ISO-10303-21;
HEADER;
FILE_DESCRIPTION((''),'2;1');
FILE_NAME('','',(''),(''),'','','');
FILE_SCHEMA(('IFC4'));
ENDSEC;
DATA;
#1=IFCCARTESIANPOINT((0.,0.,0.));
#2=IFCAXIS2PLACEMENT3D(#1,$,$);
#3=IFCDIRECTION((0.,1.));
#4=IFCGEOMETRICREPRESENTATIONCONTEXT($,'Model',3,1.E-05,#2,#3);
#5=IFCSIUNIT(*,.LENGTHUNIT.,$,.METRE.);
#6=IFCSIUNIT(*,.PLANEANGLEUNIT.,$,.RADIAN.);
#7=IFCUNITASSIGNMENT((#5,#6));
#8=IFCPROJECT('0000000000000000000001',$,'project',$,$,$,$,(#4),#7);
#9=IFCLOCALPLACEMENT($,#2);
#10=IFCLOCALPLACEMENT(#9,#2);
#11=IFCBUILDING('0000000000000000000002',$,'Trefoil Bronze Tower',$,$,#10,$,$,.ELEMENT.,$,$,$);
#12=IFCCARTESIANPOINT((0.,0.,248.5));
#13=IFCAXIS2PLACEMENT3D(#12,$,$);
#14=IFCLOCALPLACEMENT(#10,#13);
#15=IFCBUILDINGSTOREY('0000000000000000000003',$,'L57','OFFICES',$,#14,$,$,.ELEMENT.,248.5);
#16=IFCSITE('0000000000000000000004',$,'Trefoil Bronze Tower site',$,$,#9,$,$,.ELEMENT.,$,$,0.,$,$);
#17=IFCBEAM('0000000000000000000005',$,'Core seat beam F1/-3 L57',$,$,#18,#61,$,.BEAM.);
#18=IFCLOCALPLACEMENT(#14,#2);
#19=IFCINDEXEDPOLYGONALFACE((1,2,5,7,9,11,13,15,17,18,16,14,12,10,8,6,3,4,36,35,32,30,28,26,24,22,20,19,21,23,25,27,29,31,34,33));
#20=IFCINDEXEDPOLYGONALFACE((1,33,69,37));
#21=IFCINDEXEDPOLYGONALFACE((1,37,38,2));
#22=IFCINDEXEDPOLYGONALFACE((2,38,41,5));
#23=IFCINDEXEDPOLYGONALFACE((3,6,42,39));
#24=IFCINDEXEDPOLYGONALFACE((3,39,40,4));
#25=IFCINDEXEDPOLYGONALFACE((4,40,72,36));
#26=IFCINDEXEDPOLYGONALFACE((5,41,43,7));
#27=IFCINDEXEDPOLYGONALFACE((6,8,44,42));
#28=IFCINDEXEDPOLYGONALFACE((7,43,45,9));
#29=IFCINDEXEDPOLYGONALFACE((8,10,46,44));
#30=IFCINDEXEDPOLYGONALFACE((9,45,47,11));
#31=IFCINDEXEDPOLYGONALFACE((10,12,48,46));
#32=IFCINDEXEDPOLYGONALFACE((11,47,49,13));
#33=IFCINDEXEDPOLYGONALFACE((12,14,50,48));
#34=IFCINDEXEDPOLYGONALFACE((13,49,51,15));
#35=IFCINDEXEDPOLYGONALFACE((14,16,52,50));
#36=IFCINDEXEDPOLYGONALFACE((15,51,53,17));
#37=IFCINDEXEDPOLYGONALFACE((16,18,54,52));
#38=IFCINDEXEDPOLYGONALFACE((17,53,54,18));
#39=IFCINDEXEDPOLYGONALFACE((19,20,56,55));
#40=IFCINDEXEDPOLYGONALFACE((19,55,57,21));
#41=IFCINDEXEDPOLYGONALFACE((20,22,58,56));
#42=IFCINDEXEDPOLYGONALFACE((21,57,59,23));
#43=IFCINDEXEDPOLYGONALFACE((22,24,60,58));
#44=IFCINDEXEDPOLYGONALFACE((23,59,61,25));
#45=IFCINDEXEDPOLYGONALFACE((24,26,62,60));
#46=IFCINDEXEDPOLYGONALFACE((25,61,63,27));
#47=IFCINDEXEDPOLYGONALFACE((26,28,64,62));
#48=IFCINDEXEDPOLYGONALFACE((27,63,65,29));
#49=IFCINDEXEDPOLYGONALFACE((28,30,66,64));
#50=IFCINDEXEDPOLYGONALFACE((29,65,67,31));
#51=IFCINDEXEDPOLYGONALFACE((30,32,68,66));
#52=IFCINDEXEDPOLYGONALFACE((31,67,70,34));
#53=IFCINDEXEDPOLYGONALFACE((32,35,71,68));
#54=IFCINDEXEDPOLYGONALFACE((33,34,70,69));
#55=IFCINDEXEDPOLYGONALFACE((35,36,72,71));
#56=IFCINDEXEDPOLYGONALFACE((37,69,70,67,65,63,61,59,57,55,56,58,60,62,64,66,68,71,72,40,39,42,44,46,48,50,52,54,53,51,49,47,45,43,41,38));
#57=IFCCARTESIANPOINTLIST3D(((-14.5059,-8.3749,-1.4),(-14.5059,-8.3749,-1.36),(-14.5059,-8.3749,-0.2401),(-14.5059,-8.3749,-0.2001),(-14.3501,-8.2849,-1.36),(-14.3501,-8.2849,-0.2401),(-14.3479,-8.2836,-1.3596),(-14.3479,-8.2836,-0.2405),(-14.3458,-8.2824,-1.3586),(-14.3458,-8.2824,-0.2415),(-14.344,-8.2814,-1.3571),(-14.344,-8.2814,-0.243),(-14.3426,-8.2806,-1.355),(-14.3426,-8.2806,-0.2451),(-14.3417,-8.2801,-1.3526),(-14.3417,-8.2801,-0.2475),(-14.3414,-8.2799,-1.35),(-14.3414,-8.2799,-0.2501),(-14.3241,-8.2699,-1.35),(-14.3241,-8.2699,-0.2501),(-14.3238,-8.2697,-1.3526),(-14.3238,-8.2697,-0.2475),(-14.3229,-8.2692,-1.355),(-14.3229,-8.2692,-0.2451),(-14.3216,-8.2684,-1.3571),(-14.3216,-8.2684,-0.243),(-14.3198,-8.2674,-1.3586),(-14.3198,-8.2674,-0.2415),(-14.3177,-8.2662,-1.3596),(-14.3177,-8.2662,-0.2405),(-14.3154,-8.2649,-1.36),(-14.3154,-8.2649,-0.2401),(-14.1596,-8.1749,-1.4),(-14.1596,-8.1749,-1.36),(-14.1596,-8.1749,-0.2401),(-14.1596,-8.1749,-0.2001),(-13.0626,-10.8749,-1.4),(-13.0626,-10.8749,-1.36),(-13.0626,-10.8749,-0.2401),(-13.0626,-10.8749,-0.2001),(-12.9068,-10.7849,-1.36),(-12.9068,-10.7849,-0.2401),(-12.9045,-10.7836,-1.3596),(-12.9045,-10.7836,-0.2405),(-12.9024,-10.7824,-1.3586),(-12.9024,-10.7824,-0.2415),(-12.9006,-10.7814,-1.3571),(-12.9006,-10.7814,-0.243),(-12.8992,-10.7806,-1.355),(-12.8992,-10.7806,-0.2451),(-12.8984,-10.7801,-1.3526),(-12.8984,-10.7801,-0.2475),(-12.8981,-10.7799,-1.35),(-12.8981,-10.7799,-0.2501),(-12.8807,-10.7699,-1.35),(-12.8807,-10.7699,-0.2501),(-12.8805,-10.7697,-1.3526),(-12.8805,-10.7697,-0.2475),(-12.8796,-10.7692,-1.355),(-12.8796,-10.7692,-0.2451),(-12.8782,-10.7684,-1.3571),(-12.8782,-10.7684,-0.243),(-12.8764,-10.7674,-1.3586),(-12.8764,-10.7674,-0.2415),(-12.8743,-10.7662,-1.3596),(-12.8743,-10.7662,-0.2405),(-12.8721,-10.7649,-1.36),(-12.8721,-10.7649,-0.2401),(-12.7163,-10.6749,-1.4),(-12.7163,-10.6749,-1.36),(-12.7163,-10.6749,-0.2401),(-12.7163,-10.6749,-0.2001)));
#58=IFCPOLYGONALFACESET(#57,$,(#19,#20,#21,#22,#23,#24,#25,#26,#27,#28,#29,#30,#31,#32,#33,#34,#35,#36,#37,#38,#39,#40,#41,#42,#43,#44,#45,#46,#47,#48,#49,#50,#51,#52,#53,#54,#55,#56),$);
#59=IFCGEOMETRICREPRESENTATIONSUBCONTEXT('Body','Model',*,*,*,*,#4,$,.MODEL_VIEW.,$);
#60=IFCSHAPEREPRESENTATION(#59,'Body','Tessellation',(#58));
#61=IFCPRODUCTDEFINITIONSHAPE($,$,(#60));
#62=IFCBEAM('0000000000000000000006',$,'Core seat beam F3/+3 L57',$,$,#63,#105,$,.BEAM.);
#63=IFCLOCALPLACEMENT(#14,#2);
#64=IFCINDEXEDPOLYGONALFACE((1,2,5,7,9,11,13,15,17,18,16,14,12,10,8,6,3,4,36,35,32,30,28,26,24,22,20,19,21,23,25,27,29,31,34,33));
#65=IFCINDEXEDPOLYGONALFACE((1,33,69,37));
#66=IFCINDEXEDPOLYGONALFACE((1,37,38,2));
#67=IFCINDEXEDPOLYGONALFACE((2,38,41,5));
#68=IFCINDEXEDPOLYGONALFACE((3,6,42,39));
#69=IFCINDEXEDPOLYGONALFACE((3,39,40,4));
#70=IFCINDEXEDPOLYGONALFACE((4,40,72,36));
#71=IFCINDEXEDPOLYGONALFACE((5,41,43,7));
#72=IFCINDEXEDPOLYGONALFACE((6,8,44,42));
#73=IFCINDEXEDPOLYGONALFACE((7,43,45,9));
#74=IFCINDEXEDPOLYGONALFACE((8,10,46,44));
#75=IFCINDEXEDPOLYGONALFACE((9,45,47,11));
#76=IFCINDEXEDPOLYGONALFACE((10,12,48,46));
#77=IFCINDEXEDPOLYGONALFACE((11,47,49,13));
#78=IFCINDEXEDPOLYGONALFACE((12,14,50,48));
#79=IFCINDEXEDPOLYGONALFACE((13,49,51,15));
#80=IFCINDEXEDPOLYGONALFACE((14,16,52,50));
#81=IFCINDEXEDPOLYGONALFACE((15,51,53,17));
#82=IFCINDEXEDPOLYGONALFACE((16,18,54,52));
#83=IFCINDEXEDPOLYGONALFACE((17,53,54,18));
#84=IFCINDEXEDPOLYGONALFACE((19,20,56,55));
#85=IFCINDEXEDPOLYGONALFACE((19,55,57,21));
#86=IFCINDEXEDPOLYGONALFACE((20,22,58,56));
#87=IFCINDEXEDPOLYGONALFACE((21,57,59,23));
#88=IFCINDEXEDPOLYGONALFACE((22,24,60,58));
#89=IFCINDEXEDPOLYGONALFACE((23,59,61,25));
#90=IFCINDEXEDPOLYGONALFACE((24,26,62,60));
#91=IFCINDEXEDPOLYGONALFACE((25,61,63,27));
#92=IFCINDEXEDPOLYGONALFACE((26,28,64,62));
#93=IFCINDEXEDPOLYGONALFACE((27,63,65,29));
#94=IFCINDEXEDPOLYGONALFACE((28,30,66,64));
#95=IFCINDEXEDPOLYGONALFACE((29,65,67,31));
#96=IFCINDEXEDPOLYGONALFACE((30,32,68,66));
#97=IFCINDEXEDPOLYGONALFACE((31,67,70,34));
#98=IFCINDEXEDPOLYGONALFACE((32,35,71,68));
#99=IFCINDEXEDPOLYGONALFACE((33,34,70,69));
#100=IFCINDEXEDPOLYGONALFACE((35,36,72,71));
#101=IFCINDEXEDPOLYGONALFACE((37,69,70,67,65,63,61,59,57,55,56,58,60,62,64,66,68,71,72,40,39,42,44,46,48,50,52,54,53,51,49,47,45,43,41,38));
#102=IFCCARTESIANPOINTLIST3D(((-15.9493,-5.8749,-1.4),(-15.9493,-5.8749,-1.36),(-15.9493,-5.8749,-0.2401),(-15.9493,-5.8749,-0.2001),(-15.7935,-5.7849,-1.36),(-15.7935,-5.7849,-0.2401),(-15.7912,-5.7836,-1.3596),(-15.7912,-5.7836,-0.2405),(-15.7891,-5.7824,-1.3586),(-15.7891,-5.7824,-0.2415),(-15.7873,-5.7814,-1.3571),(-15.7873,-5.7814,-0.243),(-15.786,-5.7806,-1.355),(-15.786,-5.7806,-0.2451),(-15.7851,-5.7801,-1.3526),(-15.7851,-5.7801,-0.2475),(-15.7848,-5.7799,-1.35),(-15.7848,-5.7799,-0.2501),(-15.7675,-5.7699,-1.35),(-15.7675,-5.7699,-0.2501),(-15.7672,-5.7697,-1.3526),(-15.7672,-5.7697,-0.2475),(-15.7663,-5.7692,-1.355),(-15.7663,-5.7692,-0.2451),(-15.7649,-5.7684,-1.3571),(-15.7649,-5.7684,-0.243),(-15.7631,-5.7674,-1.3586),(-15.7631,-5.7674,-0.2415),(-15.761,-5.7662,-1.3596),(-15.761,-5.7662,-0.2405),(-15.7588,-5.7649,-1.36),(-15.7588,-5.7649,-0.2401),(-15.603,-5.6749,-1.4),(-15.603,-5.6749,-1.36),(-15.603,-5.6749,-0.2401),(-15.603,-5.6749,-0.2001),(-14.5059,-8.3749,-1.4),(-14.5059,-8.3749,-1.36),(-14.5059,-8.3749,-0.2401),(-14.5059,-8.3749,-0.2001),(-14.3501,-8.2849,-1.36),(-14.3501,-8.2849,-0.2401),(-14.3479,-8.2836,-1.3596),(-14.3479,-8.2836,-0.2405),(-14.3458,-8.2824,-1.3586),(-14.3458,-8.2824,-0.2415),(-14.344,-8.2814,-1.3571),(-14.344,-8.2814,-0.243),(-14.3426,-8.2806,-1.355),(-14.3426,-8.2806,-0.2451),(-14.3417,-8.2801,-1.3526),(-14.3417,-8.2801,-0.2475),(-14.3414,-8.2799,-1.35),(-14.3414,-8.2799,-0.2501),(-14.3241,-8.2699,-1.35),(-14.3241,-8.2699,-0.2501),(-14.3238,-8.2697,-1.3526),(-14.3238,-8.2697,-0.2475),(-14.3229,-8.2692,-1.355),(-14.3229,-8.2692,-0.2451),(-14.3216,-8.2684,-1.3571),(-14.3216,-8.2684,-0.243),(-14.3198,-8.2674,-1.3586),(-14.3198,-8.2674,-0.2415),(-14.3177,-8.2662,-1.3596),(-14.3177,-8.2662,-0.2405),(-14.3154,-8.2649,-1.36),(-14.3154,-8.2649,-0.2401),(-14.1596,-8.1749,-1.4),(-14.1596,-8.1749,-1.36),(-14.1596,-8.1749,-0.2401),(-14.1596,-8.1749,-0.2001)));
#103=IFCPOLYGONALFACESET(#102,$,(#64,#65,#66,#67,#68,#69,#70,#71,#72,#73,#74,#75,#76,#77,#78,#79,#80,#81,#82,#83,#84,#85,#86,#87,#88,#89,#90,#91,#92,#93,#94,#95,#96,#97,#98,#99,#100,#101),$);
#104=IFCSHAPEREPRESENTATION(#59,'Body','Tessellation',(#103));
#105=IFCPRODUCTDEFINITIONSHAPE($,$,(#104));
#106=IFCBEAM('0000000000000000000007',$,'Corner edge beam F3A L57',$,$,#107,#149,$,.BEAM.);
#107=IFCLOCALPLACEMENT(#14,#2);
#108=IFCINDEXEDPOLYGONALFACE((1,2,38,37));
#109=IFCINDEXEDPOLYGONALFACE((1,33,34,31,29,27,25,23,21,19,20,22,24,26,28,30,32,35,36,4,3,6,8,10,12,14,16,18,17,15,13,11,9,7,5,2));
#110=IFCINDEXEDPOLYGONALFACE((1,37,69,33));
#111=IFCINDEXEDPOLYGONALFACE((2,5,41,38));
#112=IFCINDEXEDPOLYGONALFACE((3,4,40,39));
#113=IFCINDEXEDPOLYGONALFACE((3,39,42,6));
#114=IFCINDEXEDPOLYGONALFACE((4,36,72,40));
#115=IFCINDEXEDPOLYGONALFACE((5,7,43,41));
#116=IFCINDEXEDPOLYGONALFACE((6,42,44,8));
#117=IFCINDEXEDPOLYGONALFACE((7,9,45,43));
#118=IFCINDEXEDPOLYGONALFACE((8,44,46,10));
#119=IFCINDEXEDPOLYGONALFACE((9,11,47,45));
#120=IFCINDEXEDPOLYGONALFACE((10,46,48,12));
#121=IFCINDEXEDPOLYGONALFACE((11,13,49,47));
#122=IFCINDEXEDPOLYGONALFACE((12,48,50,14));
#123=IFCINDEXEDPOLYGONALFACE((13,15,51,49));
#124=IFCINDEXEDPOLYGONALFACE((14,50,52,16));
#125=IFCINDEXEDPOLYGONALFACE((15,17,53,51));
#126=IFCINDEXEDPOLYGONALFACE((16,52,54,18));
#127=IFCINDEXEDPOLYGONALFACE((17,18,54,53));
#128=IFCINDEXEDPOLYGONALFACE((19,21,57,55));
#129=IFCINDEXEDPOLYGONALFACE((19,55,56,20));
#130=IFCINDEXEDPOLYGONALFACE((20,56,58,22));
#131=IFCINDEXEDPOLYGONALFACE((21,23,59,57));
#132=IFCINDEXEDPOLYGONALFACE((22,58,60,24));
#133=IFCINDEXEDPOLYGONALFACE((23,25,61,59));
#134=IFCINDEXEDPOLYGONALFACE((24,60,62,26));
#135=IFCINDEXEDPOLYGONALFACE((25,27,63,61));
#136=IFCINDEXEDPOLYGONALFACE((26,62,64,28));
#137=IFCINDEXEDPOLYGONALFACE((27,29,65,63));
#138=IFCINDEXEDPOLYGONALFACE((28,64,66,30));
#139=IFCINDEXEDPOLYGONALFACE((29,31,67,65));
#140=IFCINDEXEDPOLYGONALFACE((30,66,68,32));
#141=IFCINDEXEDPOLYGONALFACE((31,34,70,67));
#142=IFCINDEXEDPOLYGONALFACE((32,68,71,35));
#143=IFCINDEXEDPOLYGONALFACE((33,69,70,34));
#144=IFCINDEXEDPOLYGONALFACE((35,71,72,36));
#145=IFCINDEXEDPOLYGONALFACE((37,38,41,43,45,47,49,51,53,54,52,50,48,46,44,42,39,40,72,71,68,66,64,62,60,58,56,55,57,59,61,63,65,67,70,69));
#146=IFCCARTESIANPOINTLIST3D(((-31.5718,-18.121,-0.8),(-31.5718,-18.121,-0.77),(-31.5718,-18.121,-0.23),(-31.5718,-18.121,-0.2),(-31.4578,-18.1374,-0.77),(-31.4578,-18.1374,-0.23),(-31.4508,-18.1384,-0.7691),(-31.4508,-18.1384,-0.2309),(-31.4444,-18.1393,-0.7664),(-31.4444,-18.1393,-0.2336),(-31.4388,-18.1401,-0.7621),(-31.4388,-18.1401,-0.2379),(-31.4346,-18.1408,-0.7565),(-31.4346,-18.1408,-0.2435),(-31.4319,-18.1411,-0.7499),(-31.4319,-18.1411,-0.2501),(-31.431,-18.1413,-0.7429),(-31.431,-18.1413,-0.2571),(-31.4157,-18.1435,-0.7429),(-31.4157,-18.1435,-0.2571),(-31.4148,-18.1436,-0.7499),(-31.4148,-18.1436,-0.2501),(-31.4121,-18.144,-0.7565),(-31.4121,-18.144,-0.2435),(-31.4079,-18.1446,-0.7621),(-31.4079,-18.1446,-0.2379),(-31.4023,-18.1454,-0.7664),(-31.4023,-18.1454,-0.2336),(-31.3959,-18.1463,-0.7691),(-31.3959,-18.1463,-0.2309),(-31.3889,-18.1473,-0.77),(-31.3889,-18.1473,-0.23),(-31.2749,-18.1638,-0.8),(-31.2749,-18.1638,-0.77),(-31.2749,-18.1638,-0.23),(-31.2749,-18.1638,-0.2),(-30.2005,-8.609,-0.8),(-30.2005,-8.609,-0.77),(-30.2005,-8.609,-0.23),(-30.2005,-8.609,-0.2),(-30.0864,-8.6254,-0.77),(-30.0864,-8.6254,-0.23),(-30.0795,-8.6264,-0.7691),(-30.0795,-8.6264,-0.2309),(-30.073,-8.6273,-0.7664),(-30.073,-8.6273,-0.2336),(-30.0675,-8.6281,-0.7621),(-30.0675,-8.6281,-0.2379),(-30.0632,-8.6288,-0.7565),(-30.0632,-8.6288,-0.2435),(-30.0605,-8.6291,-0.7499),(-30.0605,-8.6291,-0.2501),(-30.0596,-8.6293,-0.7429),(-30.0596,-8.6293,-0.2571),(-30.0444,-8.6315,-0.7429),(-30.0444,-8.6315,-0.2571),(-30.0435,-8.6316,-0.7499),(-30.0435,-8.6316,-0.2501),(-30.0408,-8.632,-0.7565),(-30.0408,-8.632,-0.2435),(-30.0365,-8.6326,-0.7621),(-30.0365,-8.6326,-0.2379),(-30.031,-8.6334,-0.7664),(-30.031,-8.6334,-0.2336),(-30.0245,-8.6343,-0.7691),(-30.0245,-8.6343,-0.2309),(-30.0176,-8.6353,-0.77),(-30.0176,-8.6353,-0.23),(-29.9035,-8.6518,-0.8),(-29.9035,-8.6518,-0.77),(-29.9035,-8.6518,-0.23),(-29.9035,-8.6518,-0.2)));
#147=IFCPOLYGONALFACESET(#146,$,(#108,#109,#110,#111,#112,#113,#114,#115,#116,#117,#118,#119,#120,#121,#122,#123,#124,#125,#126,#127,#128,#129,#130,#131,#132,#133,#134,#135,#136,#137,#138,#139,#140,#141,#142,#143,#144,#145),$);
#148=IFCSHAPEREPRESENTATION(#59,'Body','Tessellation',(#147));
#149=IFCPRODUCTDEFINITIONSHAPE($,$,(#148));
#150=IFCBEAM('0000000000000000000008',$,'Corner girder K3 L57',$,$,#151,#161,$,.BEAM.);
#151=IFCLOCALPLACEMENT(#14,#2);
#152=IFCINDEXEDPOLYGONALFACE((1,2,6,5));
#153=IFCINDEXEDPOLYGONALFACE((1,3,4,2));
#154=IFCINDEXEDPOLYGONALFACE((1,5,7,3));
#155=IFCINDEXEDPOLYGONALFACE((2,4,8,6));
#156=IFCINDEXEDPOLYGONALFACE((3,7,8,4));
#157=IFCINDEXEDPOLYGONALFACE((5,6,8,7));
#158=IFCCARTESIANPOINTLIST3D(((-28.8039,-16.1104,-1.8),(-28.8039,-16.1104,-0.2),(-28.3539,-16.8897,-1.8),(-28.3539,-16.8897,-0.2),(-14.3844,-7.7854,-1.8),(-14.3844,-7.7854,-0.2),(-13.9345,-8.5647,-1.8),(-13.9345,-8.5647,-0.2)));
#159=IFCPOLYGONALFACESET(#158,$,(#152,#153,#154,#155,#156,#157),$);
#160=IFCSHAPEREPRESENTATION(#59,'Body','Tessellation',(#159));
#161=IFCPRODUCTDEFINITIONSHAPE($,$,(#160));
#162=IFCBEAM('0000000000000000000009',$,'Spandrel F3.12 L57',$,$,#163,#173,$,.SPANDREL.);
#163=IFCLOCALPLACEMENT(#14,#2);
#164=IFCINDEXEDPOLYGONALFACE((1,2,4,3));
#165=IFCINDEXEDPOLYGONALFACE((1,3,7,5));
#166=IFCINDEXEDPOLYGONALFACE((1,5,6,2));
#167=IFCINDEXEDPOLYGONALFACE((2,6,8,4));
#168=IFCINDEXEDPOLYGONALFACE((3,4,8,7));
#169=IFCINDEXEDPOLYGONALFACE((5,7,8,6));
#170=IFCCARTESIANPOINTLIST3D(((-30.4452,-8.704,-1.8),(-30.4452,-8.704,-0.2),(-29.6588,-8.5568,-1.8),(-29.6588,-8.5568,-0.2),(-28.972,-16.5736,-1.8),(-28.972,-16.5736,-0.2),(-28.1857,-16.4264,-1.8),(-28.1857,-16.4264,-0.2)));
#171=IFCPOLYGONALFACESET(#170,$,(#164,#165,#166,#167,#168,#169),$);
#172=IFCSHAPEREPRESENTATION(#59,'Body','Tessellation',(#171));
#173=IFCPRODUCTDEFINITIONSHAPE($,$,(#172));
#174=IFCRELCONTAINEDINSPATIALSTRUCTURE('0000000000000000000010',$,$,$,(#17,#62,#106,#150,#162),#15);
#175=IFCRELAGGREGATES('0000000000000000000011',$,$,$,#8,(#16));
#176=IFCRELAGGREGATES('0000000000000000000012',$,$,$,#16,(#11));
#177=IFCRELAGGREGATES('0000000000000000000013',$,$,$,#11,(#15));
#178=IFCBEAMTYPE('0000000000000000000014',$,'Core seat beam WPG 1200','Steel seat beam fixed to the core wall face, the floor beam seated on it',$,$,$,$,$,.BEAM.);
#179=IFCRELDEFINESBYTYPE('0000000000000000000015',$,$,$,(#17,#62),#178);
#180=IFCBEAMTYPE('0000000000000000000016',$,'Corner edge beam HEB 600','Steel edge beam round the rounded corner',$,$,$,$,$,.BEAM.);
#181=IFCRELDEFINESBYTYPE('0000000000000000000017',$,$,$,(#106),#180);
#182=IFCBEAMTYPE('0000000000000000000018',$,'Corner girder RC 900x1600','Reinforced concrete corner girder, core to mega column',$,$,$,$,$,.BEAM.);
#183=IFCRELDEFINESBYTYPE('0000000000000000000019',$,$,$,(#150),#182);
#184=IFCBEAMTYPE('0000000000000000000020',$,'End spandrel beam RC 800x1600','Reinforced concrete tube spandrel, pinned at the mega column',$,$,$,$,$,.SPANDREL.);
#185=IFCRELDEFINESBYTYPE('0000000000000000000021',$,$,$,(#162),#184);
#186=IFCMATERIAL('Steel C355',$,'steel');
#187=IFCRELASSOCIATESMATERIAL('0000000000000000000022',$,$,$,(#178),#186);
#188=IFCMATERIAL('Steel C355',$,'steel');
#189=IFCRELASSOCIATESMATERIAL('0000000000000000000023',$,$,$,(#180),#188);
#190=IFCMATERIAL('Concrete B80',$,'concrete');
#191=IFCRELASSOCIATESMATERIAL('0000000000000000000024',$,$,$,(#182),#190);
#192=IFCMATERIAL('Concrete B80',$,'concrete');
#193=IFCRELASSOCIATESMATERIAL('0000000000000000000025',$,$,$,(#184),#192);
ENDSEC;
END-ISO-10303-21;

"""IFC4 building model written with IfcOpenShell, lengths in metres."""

from ifc_helpers import new_model, si_unit, direction, frame, origin, origin_2d, place, context, subcontext, project, spatial, rectangle, i_section, extrude, material, material_profile, profile_set, type_object, element, save


model = new_model("IFC4")

# Units and contexts
model_context = context("Model", 3, precision=1e-05, world=origin(), true_north=direction((0.0, 1.0)))
body_context = subcontext(model_context, "Body", "Model", "MODEL_VIEW")
ifc_project = project(units=[si_unit("LENGTHUNIT", "METRE"), si_unit("PLANEANGLEUNIT", "RADIAN")], contexts=[model_context])

# Site, building, storey
site_placement = place(None, origin())
site = spatial("IfcSite", under=ifc_project, at=site_placement, Name="Trefoil Bronze Tower site", CompositionType="ELEMENT", RefElevation=0.0)
building_placement = place(site_placement, origin())
building = spatial("IfcBuilding", under=site, at=building_placement, Name="Trefoil Bronze Tower", CompositionType="ELEMENT")
storey_placement = place(building_placement, frame((0.0, 0.0, 248.5)))
storey = spatial("IfcBuildingStorey", under=building, at=storey_placement, Name="L57", Description="OFFICES", CompositionType="ELEMENT", Elevation=248.5)

# Beams
ifc_material_1 = material(Name="Steel C355", Category="steel")
ifc_material_profile_1 = material_profile(ifc_material_1, i_section(OverallWidth=0.3999, OverallDepth=1.2, WebThickness=0.02, FlangeThickness=0.04, FilletRadius=0.01, at=origin_2d()), Name="WPG 1200")
ifc_profile_set_1 = profile_set([ifc_material_profile_1], Name="Steel C355")
beam_type_1 = type_object("IfcBeamType", Name="Core seat beam WPG 1200", Description="Steel seat beam fixed to the core wall face, the floor beam seated on it", PredefinedType="BEAM", material=ifc_profile_set_1)
for number, where, z_axis, x_axis, name in (
    (1, (-14.3328, -8.2749, -0.8), (0.499996, -0.866028, 0.0), (0.866028, 0.499996, 0.0), "Core seat beam F1/-3 L57"),
    (2, (-15.7761, -5.7749, -0.8), (0.499996, -0.866028, 0.0), (0.866028, 0.499996, 0.0), "Core seat beam F3/+3 L57"),
):
    element("IfcBeam", number, at=place(storey_placement, frame(where, z_axis=z_axis, x_axis=x_axis)), inside=storey, type_object=beam_type_1, Name=name, PredefinedType="BEAM", context=body_context, shape_type="SweptSolid", body=[
        extrude(i_section(OverallWidth=0.3999, OverallDepth=1.2, WebThickness=0.02, FlangeThickness=0.04, FilletRadius=0.01, at=origin_2d()), origin(), (0.0, 0.0, 1.0), 2.8867),
    ])
ifc_material_2 = material(Name="Steel C355", Category="steel")
ifc_material_profile_2 = material_profile(ifc_material_2, i_section(OverallWidth=0.3, OverallDepth=0.6001, WebThickness=0.0154, FlangeThickness=0.03, FilletRadius=0.0271, at=origin_2d()), Name="HEB 600")
ifc_profile_set_2 = profile_set([ifc_material_profile_2], Name="Steel C355")
beam_type_2 = type_object("IfcBeamType", Name="Corner edge beam HEB 600", Description="Steel edge beam round the rounded corner", PredefinedType="BEAM", material=ifc_profile_set_2)
beam_1_placement = place(storey_placement, frame((-30.052, -8.6304, -0.5), z_axis=(-0.142694, -0.989767, 0.0), x_axis=(0.989767, -0.142694, 0.0)))
element("IfcBeam", 3, at=beam_1_placement, inside=storey, type_object=beam_type_2, Name="Corner edge beam F3A L57", PredefinedType="BEAM", context=body_context, shape_type="SweptSolid", body=[
    extrude(i_section(OverallWidth=0.3, OverallDepth=0.6001, WebThickness=0.0154, FlangeThickness=0.03, FilletRadius=0.0271, at=origin_2d()), origin(), (0.0, 0.0, 1.0), 9.6104),
])
ifc_material_3 = material(Name="Concrete B80", Category="concrete")
ifc_material_profile_3 = material_profile(ifc_material_3, rectangle(XDim=0.8999, YDim=1.6001, at=origin_2d()), Name="RC 900x1600")
ifc_profile_set_3 = profile_set([ifc_material_profile_3], Name="Concrete B80")
beam_type_3 = type_object("IfcBeamType", Name="Corner girder RC 900x1600", Description="Reinforced concrete corner girder, core to mega column", PredefinedType="BEAM", material=ifc_profile_set_3)
beam_2_placement = place(storey_placement, frame((-14.1594, -8.175, -1.0), z_axis=(-0.866028, -0.499995, 0.0), x_axis=(0.499995, -0.866028, 0.0)))
element("IfcBeam", 4, at=beam_2_placement, inside=storey, type_object=beam_type_3, Name="Corner girder K3 L57", PredefinedType="BEAM", context=body_context, shape_type="SweptSolid", body=[
    extrude(rectangle(XDim=0.8999, YDim=1.6001, at=origin_2d()), origin(), (0.0, 0.0, 1.0), 16.6501),
])
ifc_material_4 = material(Name="Concrete B80", Category="concrete")
ifc_material_profile_4 = material_profile(ifc_material_4, rectangle(XDim=0.8, YDim=1.6001, at=origin_2d()), Name="RC 800x1600")
ifc_profile_set_4 = profile_set([ifc_material_profile_4], Name="Concrete B80")
beam_type_4 = type_object("IfcBeamType", Name="End spandrel beam RC 800x1600", Description="Reinforced concrete tube spandrel, pinned at the mega column", PredefinedType="SPANDREL", material=ifc_profile_set_4)
beam_3_placement = place(storey_placement, frame((-30.052, -8.6304, -1.0), z_axis=(0.183998, -0.982927, 0.0), x_axis=(0.982927, 0.183998, 0.0)))
element("IfcBeam", 5, at=beam_3_placement, inside=storey, type_object=beam_type_4, Name="Spandrel F3.12 L57", PredefinedType="SPANDREL", context=body_context, shape_type="SweptSolid", body=[
    extrude(rectangle(XDim=0.8, YDim=1.6001, at=origin_2d()), origin(), (0.0, 0.0, 1.0), 8.0063),
])

save(model, "model.ifc")
